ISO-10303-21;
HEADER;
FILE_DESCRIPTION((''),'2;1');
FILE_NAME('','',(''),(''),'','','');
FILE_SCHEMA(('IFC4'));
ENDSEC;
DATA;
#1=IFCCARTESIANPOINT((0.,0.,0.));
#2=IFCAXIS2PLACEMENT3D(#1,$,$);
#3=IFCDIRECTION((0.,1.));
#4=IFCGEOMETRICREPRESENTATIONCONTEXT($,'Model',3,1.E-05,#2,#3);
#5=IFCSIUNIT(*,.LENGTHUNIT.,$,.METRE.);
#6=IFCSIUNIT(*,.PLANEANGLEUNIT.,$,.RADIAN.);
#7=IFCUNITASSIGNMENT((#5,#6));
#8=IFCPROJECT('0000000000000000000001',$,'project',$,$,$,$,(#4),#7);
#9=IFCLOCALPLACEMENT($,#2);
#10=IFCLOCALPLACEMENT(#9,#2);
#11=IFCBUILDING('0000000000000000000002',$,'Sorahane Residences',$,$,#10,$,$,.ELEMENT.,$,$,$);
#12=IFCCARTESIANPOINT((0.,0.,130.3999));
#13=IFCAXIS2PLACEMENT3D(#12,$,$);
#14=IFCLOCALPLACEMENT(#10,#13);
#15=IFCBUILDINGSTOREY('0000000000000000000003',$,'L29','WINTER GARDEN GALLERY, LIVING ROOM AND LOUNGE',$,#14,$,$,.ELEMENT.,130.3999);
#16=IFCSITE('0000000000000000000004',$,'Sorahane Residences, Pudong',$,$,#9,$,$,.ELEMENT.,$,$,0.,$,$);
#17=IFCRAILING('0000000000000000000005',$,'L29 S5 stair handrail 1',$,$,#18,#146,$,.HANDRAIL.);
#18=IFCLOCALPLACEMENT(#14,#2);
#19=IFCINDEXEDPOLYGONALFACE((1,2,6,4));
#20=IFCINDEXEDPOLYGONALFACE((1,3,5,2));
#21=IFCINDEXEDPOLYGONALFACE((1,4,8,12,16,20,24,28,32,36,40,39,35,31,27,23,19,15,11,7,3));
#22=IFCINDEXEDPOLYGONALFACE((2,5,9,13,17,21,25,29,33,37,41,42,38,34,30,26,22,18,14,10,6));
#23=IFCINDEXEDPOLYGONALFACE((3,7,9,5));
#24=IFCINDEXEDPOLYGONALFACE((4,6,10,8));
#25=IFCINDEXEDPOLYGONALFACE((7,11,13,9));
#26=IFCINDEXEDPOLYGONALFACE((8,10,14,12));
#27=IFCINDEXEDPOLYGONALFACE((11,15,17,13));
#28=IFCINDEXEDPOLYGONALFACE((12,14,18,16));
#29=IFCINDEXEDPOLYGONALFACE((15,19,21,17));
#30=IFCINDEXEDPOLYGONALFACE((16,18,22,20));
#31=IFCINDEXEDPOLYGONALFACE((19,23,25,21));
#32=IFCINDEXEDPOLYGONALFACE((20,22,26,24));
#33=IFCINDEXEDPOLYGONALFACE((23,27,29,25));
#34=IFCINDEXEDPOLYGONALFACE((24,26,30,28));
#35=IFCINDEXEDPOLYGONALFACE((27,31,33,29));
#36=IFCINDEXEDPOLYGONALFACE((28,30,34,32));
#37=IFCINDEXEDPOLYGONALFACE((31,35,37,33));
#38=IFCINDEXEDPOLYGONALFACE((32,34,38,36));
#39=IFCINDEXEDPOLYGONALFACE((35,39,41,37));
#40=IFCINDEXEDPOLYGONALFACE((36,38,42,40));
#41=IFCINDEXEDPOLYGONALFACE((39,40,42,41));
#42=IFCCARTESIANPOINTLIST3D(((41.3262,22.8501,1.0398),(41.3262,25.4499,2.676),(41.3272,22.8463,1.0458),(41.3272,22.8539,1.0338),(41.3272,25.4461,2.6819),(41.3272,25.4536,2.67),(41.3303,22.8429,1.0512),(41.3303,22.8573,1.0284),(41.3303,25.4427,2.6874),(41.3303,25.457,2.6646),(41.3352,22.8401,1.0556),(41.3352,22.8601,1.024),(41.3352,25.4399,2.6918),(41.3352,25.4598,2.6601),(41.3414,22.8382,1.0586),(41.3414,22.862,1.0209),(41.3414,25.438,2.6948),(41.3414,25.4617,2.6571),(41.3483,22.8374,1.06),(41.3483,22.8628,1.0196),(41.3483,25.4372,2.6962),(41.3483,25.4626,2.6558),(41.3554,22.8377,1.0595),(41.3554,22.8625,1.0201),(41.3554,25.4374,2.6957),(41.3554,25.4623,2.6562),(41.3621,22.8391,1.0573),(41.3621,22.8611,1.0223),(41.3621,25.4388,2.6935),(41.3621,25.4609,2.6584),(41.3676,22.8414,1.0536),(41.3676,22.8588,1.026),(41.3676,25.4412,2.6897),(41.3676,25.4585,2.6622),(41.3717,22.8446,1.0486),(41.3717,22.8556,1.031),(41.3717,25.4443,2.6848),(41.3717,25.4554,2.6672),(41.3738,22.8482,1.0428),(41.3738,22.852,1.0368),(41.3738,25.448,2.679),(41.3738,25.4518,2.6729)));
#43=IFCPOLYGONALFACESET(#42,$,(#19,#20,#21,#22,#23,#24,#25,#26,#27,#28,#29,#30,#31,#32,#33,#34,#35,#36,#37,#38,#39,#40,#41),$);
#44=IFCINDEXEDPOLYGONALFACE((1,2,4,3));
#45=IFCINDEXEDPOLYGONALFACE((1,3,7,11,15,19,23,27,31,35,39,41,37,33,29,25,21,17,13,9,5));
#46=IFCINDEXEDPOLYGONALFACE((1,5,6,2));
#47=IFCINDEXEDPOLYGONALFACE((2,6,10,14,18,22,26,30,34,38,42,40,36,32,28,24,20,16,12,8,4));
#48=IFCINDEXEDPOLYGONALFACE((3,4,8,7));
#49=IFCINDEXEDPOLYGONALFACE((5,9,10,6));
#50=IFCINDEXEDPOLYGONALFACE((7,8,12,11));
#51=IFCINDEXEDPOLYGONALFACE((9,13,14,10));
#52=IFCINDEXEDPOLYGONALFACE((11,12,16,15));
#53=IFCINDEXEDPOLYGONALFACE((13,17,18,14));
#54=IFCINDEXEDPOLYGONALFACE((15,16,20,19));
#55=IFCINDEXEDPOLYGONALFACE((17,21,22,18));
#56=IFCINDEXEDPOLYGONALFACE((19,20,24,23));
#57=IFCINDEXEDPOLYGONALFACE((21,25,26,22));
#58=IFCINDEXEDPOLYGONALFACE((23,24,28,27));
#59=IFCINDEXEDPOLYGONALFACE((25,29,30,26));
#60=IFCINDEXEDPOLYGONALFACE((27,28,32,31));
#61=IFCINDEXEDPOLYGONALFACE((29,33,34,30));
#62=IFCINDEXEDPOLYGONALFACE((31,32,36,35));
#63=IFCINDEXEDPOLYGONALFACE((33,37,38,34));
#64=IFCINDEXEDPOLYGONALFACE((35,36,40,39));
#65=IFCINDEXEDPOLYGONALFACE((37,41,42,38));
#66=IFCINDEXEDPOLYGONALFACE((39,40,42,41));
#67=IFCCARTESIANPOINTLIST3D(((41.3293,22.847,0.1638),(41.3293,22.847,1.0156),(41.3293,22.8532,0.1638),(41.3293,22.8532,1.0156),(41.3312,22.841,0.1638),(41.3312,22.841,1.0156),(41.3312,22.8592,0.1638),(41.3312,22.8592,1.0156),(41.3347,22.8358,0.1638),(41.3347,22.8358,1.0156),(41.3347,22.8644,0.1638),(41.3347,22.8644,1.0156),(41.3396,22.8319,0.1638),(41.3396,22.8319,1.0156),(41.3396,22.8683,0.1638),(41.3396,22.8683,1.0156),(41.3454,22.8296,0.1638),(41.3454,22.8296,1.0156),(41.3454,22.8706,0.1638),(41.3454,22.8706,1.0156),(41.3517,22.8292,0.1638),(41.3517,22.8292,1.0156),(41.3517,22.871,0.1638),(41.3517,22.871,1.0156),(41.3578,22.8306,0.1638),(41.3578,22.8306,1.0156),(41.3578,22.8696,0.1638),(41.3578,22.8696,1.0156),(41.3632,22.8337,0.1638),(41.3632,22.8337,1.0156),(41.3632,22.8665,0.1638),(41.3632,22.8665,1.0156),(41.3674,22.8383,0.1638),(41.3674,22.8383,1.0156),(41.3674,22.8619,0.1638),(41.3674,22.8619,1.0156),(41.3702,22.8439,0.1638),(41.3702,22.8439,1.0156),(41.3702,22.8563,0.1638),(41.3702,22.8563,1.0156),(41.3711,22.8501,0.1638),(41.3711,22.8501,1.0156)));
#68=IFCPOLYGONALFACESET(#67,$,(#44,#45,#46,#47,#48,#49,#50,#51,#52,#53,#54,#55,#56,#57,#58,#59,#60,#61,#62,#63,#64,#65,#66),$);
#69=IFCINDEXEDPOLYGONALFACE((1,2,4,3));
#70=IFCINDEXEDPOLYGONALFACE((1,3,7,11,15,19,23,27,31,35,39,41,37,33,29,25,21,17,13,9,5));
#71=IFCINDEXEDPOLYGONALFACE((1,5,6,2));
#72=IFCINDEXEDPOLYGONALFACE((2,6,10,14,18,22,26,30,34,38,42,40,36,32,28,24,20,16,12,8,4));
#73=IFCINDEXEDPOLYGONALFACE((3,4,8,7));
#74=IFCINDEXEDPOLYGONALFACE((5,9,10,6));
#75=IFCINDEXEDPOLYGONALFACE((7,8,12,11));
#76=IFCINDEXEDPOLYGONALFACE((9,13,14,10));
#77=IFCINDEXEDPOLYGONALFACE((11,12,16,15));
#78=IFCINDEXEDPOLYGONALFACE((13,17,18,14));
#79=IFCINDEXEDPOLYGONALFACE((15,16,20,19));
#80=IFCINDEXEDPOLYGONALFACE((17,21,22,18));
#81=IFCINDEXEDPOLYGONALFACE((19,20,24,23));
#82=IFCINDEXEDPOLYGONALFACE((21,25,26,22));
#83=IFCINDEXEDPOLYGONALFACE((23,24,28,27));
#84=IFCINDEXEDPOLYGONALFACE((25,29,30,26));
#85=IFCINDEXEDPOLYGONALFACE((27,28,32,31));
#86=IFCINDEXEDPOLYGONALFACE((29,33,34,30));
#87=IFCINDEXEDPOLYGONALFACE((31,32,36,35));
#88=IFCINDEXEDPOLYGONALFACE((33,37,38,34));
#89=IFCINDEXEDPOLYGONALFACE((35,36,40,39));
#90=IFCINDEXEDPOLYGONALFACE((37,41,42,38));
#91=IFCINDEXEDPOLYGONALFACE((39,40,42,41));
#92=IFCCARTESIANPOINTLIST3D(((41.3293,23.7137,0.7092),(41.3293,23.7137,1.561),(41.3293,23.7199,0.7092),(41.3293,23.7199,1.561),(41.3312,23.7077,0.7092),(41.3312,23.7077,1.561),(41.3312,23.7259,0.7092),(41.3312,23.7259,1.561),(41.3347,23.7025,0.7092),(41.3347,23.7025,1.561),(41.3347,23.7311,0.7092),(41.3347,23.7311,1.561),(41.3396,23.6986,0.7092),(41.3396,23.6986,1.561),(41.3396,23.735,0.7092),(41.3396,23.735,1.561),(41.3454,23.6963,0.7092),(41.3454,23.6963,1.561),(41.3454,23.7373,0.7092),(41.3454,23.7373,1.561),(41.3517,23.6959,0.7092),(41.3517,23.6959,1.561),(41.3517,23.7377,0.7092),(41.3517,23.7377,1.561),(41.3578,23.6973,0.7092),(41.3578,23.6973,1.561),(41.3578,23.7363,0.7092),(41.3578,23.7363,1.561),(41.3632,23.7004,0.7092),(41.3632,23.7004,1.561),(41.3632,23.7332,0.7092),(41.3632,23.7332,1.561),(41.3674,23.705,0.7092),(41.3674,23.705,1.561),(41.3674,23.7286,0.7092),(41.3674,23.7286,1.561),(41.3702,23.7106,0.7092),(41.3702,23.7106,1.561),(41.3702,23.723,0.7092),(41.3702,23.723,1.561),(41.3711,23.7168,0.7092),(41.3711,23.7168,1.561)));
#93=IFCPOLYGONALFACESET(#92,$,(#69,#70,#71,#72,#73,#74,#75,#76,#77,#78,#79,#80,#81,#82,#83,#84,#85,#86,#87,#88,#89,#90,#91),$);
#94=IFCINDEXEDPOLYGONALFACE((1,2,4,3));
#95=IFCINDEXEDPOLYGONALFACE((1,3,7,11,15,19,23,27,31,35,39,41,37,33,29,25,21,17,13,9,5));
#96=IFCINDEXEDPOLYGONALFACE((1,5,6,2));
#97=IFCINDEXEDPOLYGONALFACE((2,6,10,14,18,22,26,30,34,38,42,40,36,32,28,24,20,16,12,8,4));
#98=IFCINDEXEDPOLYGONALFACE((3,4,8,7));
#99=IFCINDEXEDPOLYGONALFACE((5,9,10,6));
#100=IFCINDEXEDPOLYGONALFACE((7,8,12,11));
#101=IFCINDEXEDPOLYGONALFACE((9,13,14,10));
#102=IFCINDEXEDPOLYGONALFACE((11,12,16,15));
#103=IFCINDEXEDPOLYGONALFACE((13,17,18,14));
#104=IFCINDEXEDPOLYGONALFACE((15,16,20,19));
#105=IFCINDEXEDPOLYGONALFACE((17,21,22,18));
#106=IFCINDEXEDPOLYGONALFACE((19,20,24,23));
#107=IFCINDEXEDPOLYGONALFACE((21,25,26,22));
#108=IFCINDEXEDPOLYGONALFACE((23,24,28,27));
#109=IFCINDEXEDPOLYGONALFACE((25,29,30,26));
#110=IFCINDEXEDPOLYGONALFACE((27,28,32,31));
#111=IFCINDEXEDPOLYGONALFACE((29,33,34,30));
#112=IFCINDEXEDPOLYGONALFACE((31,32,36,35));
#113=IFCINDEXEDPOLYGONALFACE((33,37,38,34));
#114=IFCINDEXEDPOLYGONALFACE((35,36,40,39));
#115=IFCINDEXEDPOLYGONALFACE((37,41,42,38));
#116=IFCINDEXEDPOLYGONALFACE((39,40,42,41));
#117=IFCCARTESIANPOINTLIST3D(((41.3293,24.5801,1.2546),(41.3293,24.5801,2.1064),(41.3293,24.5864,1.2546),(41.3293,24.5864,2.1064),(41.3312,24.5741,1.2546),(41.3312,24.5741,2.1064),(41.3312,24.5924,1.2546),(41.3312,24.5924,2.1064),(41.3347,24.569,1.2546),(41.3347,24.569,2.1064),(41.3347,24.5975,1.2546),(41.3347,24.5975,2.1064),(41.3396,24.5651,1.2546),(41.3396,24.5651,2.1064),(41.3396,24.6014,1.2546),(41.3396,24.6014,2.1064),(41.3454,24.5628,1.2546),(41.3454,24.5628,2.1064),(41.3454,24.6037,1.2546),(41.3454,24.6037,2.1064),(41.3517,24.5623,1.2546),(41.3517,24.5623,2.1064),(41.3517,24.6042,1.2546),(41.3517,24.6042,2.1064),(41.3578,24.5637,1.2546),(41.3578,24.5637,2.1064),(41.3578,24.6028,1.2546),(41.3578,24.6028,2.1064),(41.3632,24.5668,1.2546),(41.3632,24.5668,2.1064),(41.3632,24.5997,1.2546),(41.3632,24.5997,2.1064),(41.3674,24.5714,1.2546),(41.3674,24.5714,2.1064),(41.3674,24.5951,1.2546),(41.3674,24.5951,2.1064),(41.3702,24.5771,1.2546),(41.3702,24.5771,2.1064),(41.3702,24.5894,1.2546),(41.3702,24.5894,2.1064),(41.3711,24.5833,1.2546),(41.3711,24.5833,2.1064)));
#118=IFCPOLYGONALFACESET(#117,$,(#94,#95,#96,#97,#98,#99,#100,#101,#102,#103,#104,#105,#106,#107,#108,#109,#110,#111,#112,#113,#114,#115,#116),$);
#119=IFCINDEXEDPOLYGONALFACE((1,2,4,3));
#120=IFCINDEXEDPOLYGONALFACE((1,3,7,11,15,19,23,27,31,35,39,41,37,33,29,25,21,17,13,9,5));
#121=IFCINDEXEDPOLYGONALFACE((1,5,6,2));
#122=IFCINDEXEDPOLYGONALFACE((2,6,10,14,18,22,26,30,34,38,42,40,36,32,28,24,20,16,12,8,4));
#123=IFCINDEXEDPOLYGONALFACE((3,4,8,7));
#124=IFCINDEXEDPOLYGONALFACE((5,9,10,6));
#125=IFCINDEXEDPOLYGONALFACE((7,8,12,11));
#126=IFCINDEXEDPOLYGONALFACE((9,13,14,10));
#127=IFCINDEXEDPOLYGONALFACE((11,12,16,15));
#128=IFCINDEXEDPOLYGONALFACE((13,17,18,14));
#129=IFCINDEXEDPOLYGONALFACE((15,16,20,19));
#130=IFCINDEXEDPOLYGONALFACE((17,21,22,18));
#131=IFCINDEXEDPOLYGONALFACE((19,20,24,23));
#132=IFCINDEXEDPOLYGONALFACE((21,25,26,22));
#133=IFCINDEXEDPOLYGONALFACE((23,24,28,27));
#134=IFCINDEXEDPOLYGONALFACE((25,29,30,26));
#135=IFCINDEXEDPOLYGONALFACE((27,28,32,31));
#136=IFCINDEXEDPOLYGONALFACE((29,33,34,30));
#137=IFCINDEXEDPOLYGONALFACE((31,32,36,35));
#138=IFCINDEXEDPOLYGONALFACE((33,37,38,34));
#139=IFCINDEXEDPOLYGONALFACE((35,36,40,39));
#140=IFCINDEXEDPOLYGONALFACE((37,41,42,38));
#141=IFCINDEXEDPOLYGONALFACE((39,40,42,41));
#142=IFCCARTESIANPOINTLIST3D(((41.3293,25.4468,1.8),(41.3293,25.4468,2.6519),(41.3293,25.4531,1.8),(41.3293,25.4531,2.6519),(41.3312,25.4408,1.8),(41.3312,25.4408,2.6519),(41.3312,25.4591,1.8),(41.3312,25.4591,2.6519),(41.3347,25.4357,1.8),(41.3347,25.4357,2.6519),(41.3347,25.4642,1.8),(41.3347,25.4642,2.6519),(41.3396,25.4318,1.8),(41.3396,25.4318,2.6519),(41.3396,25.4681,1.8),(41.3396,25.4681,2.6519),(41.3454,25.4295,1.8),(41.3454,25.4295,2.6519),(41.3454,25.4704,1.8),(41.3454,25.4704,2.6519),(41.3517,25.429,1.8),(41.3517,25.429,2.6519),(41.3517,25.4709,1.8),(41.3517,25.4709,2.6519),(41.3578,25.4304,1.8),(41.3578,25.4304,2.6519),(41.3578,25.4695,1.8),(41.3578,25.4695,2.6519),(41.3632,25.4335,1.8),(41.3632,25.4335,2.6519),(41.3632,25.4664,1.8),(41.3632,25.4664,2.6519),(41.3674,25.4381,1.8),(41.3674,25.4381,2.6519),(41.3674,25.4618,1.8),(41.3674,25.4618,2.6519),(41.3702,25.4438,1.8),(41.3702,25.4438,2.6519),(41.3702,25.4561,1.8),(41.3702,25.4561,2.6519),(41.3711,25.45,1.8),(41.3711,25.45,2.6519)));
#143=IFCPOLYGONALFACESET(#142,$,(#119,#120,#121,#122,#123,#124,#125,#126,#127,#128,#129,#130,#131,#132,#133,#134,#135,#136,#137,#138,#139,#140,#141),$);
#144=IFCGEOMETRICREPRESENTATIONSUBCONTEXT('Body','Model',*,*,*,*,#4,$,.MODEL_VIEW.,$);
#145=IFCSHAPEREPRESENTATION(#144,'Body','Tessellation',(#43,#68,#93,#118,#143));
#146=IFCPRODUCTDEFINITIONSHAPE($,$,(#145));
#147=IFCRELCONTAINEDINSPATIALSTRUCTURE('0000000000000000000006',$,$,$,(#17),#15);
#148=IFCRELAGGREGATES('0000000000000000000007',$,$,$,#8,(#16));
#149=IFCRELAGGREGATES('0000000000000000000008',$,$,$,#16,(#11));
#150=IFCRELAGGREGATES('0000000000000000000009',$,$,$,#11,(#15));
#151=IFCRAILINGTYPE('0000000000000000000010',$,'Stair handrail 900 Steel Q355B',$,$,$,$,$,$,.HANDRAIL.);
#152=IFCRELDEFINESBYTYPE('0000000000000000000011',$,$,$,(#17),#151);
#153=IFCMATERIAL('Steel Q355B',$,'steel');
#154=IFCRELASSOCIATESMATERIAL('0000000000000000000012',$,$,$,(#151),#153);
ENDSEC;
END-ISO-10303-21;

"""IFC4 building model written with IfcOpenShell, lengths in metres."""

from ifc_helpers import new_model, si_unit, direction, frame, origin, origin_2d, place, context, subcontext, project, spatial, circle, extrude, material, type_object, element, save


model = new_model("IFC4")

# Units and contexts
model_context = context("Model", 3, precision=1e-05, world=origin(), true_north=direction((0.0, 1.0)))
body_context = subcontext(model_context, "Body", "Model", "MODEL_VIEW")
ifc_project = project(units=[si_unit("LENGTHUNIT", "METRE"), si_unit("PLANEANGLEUNIT", "RADIAN")], contexts=[model_context])

# Site, building, storey
site_placement = place(None, origin())
site = spatial("IfcSite", under=ifc_project, at=site_placement, Name="Sorahane Residences, Pudong", CompositionType="ELEMENT", RefElevation=0.0)
building_placement = place(site_placement, origin())
building = spatial("IfcBuilding", under=site, at=building_placement, Name="Sorahane Residences", CompositionType="ELEMENT")
storey_placement = place(building_placement, frame((0.0, 0.0, 130.3999)))
storey = spatial("IfcBuildingStorey", under=building, at=storey_placement, Name="L29", Description="WINTER GARDEN GALLERY, LIVING ROOM AND LOUNGE", CompositionType="ELEMENT", Elevation=130.3999)

# Railing
ifc_material_1 = material(Name="Steel Q355B", Category="steel")
railing_type_1 = type_object("IfcRailingType", Name="Stair handrail 900 Steel Q355B", PredefinedType="HANDRAIL", material=ifc_material_1)
railing_1_placement = place(storey_placement, frame((41.3501, 22.8501, 0.1638)))
element("IfcRailing", 1, at=railing_1_placement, inside=storey, type_object=railing_type_1, Name="L29 S5 stair handrail 1", PredefinedType="HANDRAIL", context=body_context, shape_type="SweptSolid", body=[
    extrude(circle(Radius=0.0239, at=origin_2d()), frame((0.0, 0.0, 0.876), z_axis=(0.0, 0.846338, 0.532647), x_axis=(-1.0, 0.0, 0.0)), (0.0, 0.0, 1.0), 3.0718),
    extrude(circle(Radius=0.021, at=origin_2d()), origin(), (0.0, 0.0, 1.0), 0.8518),
    extrude(circle(Radius=0.021, at=origin_2d()), frame((0.0, 0.8667, 0.5454)), (0.0, 0.0, 1.0), 0.8518),
    extrude(circle(Radius=0.021, at=origin_2d()), frame((0.0, 1.7332, 1.0908)), (0.0, 0.0, 1.0), 0.8518),
    extrude(circle(Radius=0.021, at=origin_2d()), frame((0.0, 2.5999, 1.6362)), (0.0, 0.0, 1.0), 0.8518),
])

save(model, "model.ifc")
